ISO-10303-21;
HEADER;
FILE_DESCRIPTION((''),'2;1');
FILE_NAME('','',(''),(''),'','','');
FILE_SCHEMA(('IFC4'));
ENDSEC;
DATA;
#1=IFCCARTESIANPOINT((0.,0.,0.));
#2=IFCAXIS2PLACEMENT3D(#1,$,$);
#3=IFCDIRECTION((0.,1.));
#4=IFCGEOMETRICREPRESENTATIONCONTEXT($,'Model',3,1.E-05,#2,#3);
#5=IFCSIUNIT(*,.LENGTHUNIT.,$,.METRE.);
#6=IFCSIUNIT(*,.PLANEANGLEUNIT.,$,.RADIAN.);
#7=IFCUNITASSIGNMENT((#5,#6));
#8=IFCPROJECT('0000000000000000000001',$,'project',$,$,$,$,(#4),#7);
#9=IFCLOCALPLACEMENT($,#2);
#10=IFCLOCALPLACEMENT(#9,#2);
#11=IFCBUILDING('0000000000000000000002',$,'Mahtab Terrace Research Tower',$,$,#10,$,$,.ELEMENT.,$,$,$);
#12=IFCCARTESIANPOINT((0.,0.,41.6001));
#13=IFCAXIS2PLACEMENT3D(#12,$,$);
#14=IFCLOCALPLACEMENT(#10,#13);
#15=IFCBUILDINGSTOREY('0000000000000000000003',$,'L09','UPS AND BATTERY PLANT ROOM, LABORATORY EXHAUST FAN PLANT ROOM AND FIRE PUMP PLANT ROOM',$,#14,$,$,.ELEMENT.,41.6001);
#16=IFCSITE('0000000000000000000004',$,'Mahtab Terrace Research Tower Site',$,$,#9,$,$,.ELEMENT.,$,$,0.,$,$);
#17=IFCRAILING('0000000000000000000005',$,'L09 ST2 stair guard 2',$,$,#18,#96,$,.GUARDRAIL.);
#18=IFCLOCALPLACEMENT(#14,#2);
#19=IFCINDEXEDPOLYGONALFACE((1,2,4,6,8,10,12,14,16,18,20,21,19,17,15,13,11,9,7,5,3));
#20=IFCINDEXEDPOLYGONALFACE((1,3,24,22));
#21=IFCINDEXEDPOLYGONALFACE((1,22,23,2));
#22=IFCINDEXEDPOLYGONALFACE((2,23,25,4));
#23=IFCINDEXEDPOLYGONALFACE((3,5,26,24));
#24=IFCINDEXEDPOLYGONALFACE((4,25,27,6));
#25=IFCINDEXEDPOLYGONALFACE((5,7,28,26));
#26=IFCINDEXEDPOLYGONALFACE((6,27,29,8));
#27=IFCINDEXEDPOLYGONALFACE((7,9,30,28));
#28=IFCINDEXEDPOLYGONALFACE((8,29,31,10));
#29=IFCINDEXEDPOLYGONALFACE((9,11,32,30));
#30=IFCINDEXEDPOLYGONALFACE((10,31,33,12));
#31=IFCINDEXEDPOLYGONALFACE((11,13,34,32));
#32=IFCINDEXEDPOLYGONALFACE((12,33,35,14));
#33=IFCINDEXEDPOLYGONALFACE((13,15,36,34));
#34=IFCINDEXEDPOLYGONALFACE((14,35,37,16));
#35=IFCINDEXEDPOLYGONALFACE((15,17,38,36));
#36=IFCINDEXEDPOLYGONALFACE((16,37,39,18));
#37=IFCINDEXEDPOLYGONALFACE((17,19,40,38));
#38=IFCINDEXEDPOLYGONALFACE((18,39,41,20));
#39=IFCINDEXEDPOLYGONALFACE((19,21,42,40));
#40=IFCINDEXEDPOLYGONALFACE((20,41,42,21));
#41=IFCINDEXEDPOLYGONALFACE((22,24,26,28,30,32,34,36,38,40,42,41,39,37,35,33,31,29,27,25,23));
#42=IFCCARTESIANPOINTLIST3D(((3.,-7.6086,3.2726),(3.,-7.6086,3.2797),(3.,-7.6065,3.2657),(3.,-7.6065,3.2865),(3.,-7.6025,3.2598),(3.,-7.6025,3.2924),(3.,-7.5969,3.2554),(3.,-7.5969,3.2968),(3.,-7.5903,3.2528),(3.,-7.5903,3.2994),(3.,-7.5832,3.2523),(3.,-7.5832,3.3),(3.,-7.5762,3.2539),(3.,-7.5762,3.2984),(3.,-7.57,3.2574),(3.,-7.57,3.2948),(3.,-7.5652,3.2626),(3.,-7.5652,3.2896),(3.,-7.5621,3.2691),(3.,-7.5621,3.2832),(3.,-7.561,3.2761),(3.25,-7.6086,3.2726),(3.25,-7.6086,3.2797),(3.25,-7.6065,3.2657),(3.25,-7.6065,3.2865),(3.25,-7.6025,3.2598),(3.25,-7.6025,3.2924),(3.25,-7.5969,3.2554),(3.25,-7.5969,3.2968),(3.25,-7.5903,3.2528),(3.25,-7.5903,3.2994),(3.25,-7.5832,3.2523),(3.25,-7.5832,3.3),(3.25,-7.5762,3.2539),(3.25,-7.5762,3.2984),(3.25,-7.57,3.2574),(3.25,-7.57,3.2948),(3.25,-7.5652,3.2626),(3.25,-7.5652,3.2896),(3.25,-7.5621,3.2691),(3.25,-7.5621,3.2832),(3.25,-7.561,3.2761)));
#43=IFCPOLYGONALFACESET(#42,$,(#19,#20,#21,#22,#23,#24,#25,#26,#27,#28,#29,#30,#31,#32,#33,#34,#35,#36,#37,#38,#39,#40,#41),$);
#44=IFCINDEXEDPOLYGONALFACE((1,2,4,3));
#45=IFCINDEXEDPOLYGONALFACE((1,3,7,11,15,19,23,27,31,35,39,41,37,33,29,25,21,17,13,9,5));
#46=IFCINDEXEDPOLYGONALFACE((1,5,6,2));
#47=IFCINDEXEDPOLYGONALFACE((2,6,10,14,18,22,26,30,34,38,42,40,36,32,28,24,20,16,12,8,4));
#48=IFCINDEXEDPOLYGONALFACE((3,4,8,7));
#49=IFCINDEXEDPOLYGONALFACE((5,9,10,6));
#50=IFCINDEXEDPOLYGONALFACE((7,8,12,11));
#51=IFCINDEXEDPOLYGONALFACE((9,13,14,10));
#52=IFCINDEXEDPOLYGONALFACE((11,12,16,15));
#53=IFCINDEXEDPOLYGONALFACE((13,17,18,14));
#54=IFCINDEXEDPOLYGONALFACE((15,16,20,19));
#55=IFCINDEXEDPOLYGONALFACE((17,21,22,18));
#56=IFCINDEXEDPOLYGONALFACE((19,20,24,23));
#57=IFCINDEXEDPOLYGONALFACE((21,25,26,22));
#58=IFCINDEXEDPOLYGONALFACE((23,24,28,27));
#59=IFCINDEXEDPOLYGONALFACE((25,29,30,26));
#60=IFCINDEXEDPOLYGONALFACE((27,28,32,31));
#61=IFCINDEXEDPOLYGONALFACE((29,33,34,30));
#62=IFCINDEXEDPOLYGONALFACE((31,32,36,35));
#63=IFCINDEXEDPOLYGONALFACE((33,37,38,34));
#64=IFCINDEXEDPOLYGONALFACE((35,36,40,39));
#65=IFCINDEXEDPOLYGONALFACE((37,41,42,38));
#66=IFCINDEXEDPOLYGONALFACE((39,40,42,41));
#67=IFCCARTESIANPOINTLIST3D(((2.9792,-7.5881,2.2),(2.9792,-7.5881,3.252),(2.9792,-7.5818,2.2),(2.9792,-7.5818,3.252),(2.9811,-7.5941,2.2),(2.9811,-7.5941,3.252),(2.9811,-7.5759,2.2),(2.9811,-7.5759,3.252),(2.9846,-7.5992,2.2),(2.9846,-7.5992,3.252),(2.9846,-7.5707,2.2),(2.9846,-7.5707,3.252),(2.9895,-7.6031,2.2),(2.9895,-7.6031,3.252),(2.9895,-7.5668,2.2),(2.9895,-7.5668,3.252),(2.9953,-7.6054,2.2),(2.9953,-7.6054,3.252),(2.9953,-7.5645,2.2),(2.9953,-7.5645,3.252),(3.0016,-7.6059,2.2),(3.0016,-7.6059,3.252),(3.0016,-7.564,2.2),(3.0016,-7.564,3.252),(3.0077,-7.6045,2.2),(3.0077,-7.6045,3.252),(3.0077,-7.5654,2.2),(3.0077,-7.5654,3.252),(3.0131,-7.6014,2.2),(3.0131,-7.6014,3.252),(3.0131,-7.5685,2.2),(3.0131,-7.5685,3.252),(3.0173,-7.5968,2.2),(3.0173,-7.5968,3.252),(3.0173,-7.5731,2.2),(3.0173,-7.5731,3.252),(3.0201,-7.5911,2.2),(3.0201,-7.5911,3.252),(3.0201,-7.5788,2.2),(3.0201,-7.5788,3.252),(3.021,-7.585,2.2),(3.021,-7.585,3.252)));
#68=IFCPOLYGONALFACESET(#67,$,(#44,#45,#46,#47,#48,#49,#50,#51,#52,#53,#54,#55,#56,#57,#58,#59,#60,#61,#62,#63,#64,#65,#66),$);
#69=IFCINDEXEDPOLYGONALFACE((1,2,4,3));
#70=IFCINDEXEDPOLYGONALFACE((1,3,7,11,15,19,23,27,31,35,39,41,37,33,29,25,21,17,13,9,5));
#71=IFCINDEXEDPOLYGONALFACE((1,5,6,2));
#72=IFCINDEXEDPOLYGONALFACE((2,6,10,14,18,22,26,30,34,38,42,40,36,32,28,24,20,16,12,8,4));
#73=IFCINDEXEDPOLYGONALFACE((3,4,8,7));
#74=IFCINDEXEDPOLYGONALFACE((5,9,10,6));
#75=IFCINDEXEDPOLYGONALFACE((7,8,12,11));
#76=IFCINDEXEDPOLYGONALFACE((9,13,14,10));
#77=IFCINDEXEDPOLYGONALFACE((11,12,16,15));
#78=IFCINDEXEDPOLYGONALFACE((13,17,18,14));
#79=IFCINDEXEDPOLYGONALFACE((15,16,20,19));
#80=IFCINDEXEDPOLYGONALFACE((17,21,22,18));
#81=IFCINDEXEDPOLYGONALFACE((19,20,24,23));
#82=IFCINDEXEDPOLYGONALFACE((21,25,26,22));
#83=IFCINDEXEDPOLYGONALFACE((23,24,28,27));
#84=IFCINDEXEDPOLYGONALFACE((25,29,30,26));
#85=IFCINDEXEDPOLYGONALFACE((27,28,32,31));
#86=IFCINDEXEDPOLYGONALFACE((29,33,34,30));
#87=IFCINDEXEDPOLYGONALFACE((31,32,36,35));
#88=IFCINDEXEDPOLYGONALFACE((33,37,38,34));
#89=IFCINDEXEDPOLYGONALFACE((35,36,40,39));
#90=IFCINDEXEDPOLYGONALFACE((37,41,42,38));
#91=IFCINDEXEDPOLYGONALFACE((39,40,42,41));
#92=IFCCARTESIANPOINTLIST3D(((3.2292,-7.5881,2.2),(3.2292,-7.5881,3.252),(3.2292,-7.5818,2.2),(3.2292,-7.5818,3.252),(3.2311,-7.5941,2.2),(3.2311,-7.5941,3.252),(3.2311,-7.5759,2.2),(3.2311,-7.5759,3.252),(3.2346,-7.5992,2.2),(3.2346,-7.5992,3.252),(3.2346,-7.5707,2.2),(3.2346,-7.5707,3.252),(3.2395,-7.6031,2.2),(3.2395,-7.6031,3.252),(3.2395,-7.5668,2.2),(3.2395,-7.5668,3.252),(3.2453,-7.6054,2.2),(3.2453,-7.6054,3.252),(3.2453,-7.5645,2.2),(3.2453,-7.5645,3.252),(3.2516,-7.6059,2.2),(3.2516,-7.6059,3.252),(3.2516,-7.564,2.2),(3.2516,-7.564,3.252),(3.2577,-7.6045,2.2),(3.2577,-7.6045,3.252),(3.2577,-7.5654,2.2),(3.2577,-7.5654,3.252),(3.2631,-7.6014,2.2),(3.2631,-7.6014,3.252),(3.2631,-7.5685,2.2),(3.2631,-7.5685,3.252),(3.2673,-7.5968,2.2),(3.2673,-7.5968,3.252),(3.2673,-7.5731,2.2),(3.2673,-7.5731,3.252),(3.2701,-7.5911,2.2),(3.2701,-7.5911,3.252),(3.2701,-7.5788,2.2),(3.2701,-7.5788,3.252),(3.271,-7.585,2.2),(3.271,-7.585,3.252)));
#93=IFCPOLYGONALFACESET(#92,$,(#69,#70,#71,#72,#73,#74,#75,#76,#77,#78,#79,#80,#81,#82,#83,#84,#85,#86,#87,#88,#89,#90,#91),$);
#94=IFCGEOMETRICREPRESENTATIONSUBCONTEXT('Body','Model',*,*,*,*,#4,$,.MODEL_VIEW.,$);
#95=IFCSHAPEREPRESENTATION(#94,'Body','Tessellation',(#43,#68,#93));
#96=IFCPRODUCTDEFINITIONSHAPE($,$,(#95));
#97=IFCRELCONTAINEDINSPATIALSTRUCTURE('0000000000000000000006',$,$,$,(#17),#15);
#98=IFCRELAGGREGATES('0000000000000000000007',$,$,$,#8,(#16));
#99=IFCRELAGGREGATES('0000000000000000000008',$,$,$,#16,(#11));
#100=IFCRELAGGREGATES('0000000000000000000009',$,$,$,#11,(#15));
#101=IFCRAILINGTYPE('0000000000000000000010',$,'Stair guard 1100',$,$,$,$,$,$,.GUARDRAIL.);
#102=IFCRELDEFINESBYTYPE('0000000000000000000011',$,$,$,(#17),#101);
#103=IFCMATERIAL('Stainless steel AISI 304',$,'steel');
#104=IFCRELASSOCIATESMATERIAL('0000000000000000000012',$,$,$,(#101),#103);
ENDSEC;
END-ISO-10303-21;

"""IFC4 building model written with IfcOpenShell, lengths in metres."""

from ifc_helpers import new_model, si_unit, direction, frame, origin, origin_2d, place, context, subcontext, project, spatial, circle, extrude, material, type_object, element, save


model = new_model("IFC4")

# Units and contexts
model_context = context("Model", 3, precision=1e-05, world=origin(), true_north=direction((0.0, 1.0)))
body_context = subcontext(model_context, "Body", "Model", "MODEL_VIEW")
ifc_project = project(units=[si_unit("LENGTHUNIT", "METRE"), si_unit("PLANEANGLEUNIT", "RADIAN")], contexts=[model_context])

# Site, building, storey
site_placement = place(None, origin())
site = spatial("IfcSite", under=ifc_project, at=site_placement, Name="Mahtab Terrace Research Tower Site", CompositionType="ELEMENT", RefElevation=0.0)
building_placement = place(site_placement, origin())
building = spatial("IfcBuilding", under=site, at=building_placement, Name="Mahtab Terrace Research Tower", CompositionType="ELEMENT")
storey_placement = place(building_placement, frame((0.0, 0.0, 41.6001)))
storey = spatial("IfcBuildingStorey", under=building, at=storey_placement, Name="L09", Description="UPS AND BATTERY PLANT ROOM, LABORATORY EXHAUST FAN PLANT ROOM AND FIRE PUMP PLANT ROOM", CompositionType="ELEMENT", Elevation=41.6001)

# Railing
ifc_material_1 = material(Name="Stainless steel AISI 304", Category="steel")
railing_type_1 = type_object("IfcRailingType", Name="Stair guard 1100", PredefinedType="GUARDRAIL", material=ifc_material_1)
railing_1_placement = place(storey_placement, frame((3.0, -7.585, 2.2)))
element("IfcRailing", 1, at=railing_1_placement, inside=storey, type_object=railing_type_1, Name="L09 ST2 stair guard 2", PredefinedType="GUARDRAIL", context=body_context, shape_type="SweptSolid", body=[
    extrude(circle(Radius=0.0239, at=origin_2d()), frame((0.0, 0.0, 1.0762), z_axis=(1.0, 0.0, 0.0), x_axis=(0.0, 1.0, 0.0)), (0.0, 0.0, 1.0), 0.25),
    extrude(circle(Radius=0.021, at=origin_2d()), origin(), (0.0, 0.0, 1.0), 1.052),
    extrude(circle(Radius=0.021, at=origin_2d()), frame((0.25, 0.0, 0.0)), (0.0, 0.0, 1.0), 1.052),
])

save(model, "model.ifc")
